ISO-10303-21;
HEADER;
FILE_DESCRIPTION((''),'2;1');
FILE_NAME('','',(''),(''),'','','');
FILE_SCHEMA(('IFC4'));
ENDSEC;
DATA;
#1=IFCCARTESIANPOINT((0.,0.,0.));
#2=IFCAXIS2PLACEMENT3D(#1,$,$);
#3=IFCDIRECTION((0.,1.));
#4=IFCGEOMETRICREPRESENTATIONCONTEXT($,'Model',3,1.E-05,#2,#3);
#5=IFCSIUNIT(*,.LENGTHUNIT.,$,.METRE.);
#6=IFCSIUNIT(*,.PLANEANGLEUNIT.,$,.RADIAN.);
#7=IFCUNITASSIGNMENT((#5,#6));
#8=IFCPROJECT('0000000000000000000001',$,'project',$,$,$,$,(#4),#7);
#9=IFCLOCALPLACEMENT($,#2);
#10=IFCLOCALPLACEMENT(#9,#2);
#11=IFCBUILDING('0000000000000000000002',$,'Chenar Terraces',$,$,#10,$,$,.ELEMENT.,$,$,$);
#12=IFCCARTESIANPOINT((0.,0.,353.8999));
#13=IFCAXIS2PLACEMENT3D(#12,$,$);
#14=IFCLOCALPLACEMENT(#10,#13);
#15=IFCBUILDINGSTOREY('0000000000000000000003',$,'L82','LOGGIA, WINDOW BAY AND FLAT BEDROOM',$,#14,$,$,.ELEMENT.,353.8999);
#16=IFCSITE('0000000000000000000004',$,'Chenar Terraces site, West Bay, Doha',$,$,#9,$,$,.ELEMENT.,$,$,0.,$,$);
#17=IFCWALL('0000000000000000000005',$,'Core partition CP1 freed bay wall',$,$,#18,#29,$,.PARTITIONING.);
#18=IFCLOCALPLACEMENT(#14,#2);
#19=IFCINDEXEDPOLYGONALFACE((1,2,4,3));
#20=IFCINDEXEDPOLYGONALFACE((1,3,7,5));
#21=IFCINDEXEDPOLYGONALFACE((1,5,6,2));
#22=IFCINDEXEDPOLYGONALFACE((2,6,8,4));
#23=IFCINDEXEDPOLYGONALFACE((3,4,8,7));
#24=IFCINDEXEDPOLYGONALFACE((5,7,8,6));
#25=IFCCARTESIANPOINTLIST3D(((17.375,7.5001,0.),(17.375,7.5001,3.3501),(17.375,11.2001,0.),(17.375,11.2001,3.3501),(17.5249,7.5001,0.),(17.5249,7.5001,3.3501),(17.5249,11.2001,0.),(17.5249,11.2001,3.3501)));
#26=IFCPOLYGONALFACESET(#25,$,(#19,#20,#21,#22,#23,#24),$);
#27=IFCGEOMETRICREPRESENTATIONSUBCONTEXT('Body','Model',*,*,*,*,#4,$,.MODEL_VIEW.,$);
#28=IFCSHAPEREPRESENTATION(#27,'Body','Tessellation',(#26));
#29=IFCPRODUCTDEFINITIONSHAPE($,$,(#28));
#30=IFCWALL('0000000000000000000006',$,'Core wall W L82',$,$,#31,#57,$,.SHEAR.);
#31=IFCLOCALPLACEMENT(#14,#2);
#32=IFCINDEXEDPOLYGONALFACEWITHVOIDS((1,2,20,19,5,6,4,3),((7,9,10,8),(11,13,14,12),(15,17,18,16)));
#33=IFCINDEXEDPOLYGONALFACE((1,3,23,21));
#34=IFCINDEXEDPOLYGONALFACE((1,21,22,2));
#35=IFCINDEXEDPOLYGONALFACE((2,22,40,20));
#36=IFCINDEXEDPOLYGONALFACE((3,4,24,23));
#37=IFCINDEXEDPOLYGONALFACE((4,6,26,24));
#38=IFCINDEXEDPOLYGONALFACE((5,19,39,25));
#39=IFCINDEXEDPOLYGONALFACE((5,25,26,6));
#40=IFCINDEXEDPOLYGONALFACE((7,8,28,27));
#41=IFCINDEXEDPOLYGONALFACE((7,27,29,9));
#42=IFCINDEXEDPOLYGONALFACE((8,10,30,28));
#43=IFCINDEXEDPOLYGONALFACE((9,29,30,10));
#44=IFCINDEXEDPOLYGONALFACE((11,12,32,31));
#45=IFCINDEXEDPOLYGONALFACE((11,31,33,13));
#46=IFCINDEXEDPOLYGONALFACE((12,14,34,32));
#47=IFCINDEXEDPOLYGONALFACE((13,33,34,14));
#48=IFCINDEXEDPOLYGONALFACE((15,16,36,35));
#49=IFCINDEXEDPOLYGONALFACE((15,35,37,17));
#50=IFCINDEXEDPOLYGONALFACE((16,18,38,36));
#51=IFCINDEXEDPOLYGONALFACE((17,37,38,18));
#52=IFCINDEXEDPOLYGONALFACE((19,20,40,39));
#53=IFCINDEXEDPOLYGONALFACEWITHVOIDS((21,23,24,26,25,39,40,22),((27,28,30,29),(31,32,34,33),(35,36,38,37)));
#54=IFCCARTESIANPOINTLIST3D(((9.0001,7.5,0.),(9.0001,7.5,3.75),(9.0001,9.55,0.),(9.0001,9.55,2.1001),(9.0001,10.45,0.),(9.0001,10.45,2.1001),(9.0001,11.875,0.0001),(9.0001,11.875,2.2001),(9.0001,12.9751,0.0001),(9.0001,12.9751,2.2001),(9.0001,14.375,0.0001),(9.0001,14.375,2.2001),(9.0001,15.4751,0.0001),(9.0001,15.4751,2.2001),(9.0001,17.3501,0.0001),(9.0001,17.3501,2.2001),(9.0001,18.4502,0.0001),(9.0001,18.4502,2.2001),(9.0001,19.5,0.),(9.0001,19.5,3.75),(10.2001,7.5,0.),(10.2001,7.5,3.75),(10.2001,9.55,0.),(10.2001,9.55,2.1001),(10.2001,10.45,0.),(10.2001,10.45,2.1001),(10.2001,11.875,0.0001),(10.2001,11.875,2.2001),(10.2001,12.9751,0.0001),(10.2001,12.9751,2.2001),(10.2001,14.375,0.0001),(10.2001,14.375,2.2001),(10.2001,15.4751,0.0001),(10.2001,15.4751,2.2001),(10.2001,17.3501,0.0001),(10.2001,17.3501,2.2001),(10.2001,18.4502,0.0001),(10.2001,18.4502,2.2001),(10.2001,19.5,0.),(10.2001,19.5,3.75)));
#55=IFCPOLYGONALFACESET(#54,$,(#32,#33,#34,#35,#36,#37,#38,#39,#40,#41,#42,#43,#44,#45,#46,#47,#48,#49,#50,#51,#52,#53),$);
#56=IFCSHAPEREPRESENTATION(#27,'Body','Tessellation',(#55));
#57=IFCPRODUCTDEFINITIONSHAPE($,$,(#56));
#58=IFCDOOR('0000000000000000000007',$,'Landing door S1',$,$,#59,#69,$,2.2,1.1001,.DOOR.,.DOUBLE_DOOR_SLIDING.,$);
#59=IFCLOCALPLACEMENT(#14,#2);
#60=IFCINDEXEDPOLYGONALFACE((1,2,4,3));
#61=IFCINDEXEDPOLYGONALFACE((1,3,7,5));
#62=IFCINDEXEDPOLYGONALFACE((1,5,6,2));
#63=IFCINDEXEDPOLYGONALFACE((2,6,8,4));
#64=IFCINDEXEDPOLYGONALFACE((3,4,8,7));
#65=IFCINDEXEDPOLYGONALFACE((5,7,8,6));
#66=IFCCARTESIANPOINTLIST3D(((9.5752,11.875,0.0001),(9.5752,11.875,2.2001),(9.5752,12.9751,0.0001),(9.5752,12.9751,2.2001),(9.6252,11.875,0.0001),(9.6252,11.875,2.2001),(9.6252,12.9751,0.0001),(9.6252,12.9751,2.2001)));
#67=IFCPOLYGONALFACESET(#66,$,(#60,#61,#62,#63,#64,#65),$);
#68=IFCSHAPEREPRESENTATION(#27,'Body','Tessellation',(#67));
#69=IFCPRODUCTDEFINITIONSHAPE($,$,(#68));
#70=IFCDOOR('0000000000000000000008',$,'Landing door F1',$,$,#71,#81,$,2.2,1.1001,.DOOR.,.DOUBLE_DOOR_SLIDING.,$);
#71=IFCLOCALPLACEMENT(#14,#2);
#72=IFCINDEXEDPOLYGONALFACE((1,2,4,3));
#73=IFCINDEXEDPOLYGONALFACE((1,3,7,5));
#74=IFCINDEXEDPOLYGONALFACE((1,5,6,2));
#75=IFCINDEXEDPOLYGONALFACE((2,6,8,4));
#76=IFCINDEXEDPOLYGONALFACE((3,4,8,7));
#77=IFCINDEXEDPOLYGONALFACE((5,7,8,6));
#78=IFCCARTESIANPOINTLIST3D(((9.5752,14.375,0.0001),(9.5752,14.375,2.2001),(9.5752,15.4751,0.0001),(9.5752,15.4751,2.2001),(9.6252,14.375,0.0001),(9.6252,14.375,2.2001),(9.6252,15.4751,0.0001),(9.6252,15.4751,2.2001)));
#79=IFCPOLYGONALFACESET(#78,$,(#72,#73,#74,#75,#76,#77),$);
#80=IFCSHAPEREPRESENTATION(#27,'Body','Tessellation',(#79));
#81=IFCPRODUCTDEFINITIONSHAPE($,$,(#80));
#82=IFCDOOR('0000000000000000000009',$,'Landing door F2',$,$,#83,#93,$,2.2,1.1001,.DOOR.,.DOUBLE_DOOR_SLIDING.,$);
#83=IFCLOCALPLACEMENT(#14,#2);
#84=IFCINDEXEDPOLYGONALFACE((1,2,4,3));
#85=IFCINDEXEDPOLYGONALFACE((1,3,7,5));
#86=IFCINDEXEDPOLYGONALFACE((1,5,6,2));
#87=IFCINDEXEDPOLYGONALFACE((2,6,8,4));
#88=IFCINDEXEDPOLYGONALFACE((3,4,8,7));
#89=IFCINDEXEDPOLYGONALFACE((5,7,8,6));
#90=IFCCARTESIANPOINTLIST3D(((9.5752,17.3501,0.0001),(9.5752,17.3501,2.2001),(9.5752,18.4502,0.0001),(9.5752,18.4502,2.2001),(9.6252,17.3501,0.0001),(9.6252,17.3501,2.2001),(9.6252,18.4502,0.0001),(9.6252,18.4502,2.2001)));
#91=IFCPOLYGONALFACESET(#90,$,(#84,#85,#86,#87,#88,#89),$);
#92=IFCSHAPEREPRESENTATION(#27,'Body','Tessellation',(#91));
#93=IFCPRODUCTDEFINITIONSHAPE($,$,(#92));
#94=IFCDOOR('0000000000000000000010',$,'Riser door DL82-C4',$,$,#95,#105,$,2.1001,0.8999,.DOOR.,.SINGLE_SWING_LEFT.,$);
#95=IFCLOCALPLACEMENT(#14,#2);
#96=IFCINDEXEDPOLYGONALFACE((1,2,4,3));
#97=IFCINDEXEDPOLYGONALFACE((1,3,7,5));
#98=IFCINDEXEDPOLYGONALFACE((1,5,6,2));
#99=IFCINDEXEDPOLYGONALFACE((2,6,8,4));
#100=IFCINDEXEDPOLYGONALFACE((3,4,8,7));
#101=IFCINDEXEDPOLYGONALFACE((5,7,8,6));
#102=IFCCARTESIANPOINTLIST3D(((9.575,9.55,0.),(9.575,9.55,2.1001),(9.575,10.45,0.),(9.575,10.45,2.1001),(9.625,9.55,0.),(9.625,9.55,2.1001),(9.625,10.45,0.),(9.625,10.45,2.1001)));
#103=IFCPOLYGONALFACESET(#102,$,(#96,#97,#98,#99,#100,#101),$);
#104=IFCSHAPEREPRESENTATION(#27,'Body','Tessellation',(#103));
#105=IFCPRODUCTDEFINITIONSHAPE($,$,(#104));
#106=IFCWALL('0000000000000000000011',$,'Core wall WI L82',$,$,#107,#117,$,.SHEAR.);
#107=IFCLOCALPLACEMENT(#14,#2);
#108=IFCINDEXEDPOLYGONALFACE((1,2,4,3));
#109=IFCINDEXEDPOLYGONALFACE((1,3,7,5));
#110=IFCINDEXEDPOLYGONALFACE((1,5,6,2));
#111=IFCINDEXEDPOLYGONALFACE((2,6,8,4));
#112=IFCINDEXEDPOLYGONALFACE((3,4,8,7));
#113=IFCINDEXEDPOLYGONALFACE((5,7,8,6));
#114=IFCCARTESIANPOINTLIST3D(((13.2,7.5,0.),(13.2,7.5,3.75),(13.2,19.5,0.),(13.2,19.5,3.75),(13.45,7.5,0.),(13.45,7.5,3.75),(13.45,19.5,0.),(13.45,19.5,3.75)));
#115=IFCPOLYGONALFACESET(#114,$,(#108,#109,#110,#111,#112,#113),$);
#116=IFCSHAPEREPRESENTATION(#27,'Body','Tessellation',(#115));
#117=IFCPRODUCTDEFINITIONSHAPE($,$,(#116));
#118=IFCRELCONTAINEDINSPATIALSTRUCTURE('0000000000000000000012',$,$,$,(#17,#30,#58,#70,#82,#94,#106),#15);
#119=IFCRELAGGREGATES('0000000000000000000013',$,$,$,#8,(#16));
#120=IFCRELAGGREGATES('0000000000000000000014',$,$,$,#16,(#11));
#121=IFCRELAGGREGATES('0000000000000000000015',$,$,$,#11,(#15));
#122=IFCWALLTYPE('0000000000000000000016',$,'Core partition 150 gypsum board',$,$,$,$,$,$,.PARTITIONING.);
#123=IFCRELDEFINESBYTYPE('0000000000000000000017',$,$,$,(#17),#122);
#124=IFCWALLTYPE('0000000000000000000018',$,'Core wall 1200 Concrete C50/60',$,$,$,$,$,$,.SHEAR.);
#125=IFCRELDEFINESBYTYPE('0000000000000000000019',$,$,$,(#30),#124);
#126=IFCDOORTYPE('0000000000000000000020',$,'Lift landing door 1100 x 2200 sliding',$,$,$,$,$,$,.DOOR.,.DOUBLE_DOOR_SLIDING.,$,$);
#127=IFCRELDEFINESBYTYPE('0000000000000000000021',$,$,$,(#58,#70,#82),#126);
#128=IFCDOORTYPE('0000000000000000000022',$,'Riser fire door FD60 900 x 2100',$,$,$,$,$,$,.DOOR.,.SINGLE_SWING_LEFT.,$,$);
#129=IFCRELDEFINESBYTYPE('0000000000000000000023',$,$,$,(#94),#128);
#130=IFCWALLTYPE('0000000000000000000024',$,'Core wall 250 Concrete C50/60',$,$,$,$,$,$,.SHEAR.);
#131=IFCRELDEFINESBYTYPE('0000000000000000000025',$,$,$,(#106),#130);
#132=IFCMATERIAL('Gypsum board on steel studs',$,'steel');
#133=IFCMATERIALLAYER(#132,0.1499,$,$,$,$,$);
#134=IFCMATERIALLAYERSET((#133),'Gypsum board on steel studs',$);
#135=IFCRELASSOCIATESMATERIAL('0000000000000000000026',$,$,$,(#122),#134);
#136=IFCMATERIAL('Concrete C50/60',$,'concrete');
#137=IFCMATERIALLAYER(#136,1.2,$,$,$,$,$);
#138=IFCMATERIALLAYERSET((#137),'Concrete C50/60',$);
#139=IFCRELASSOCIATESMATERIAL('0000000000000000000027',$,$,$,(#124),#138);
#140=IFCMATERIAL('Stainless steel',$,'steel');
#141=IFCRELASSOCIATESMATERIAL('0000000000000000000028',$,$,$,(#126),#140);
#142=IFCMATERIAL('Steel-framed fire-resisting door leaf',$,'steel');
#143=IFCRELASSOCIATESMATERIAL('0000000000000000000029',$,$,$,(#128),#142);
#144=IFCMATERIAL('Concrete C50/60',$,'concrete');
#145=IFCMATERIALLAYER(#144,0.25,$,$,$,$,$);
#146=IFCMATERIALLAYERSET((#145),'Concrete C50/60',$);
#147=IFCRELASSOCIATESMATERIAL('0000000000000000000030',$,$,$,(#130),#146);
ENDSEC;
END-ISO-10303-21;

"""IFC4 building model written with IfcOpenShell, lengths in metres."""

from ifc_helpers import new_model, si_unit, direction, frame, frame_2d, origin, place, context, subcontext, project, spatial, rectangle, extrude, material, layer, layer_set, type_object, element, fill, save


model = new_model("IFC4")

# Units and contexts
model_context = context("Model", 3, precision=1e-05, world=origin(), true_north=direction((0.0, 1.0)))
body_context = subcontext(model_context, "Body", "Model", "MODEL_VIEW")
ifc_project = project(units=[si_unit("LENGTHUNIT", "METRE"), si_unit("PLANEANGLEUNIT", "RADIAN")], contexts=[model_context])

# Site, building, storey
site_placement = place(None, origin())
site = spatial("IfcSite", under=ifc_project, at=site_placement, Name="Chenar Terraces site, West Bay, Doha", CompositionType="ELEMENT", RefElevation=0.0)
building_placement = place(site_placement, origin())
building = spatial("IfcBuilding", under=site, at=building_placement, Name="Chenar Terraces", CompositionType="ELEMENT")
storey_placement = place(building_placement, frame((0.0, 0.0, 353.8999)))
storey = spatial("IfcBuildingStorey", under=building, at=storey_placement, Name="L82", Description="LOGGIA, WINDOW BAY AND FLAT BEDROOM", CompositionType="ELEMENT", Elevation=353.8999)

# Wall
ifc_material_1 = material(Name="Gypsum board on steel studs", Category="steel")
ifc_layer_1 = layer(ifc_material_1, 0.1499)
ifc_layer_set_1 = layer_set([ifc_layer_1], Name="Gypsum board on steel studs")
wall_type_1 = type_object("IfcWallType", Name="Core partition 150 gypsum board", PredefinedType="PARTITIONING", material=ifc_layer_set_1)
wall_1_placement = place(storey_placement, frame((17.45, 7.5, 0.0), z_axis=(0.0, 0.0, 1.0), x_axis=(0.0, 1.0, 0.0)))
element("IfcWall", 1, at=wall_1_placement, inside=storey, type_object=wall_type_1, Name="Core partition CP1 freed bay wall", PredefinedType="PARTITIONING", context=body_context, shape_type="SweptSolid", body=[
    extrude(rectangle(XDim=3.7, YDim=0.1499, at=frame_2d((1.8501, 0.0))), origin(), (0.0, 0.0, 1.0), 3.3501),
])

# Wall, openings, doors
ifc_material_2 = material(Name="Concrete C50/60", Category="concrete")
ifc_layer_2 = layer(ifc_material_2, 1.2)
ifc_layer_set_2 = layer_set([ifc_layer_2], Name="Concrete C50/60")
wall_type_2 = type_object("IfcWallType", Name="Core wall 1200 Concrete C50/60", PredefinedType="SHEAR", material=ifc_layer_set_2)
wall_2_placement = place(storey_placement, frame((9.6001, 7.5, 0.0), z_axis=(0.0, 0.0, 1.0), x_axis=(0.0, 1.0, 0.0)))
wall_2 = element("IfcWall", 2, at=wall_2_placement, inside=storey, type_object=wall_type_2, Name="Core wall W L82", PredefinedType="SHEAR", context=body_context, shape_type="SweptSolid", body=[
    extrude(rectangle(XDim=12.0, YDim=1.2, at=frame_2d((6.0, 0.0))), origin(), (0.0, 0.0, 1.0), 3.75),
])
opening_1_placement = place(wall_2_placement, frame((4.375, 0.0, 0.0)))
opening_1 = element("IfcOpeningElement", 3, at=opening_1_placement, cuts=wall_2, PredefinedType="OPENING", context=body_context, shape_type="SweptSolid", body=[
    extrude(rectangle(XDim=1.1001, YDim=2.2, at=frame_2d((0.55, 1.1001))), frame((0.0, 0.6099, 0.0), z_axis=(0.0, -1.0, 0.0), x_axis=(1.0, 0.0, 0.0)), (0.0, 0.0, 1.0), 1.22),
])
opening_2_placement = place(wall_2_placement, frame((6.875, 0.0, 0.0)))
opening_2 = element("IfcOpeningElement", 4, at=opening_2_placement, cuts=wall_2, PredefinedType="OPENING", context=body_context, shape_type="SweptSolid", body=[
    extrude(rectangle(XDim=1.1001, YDim=2.2, at=frame_2d((0.55, 1.1001))), frame((0.0, 0.6099, 0.0), z_axis=(0.0, -1.0, 0.0), x_axis=(1.0, 0.0, 0.0)), (0.0, 0.0, 1.0), 1.22),
])
opening_3_placement = place(wall_2_placement, frame((9.8501, 0.0, 0.0)))
opening_3 = element("IfcOpeningElement", 5, at=opening_3_placement, cuts=wall_2, PredefinedType="OPENING", context=body_context, shape_type="SweptSolid", body=[
    extrude(rectangle(XDim=1.1001, YDim=2.2, at=frame_2d((0.55, 1.1001))), frame((0.0, 0.6099, 0.0), z_axis=(0.0, -1.0, 0.0), x_axis=(1.0, 0.0, 0.0)), (0.0, 0.0, 1.0), 1.22),
])
opening_4_placement = place(wall_2_placement, frame((2.05, 0.0, 0.0)))
opening_4 = element("IfcOpeningElement", 6, at=opening_4_placement, cuts=wall_2, PredefinedType="OPENING", context=body_context, shape_type="SweptSolid", body=[
    extrude(rectangle(XDim=0.8999, YDim=2.1001, at=frame_2d((0.45, 1.05))), frame((0.0, 0.6099, 0.0), z_axis=(0.0, -1.0, 0.0), x_axis=(1.0, 0.0, 0.0)), (0.0, 0.0, 1.0), 1.22),
])
ifc_material_3 = material(Name="Stainless steel", Category="steel")
door_type_1 = type_object("IfcDoorType", Name="Lift landing door 1100 x 2200 sliding", OperationType="DOUBLE_DOOR_SLIDING", PredefinedType="DOOR", material=ifc_material_3)
door_1_placement = place(opening_1_placement, origin())
door_1 = element("IfcDoor", 7, at=door_1_placement, inside=storey, type_object=door_type_1, Name="Landing door S1", OperationType="DOUBLE_DOOR_SLIDING", OverallHeight=2.2, OverallWidth=1.1001, PredefinedType="DOOR", context=body_context, shape_type="SweptSolid", body=[
    extrude(rectangle(XDim=1.1001, YDim=2.2, at=frame_2d((0.55, 1.1001))), frame((0.0, 0.0249, 0.0), z_axis=(0.0, -1.0, 0.0), x_axis=(1.0, 0.0, 0.0)), (0.0, 0.0, 1.0), 0.05),
])
fill(opening_1, door_1)
door_2_placement = place(opening_2_placement, origin())
door_2 = element("IfcDoor", 8, at=door_2_placement, inside=storey, type_object=door_type_1, Name="Landing door F1", OperationType="DOUBLE_DOOR_SLIDING", OverallHeight=2.2, OverallWidth=1.1001, PredefinedType="DOOR", context=body_context, shape_type="SweptSolid", body=[
    extrude(rectangle(XDim=1.1001, YDim=2.2, at=frame_2d((0.55, 1.1001))), frame((0.0, 0.0249, 0.0), z_axis=(0.0, -1.0, 0.0), x_axis=(1.0, 0.0, 0.0)), (0.0, 0.0, 1.0), 0.05),
])
fill(opening_2, door_2)
door_3_placement = place(opening_3_placement, origin())
door_3 = element("IfcDoor", 9, at=door_3_placement, inside=storey, type_object=door_type_1, Name="Landing door F2", OperationType="DOUBLE_DOOR_SLIDING", OverallHeight=2.2, OverallWidth=1.1001, PredefinedType="DOOR", context=body_context, shape_type="SweptSolid", body=[
    extrude(rectangle(XDim=1.1001, YDim=2.2, at=frame_2d((0.55, 1.1001))), frame((0.0, 0.0249, 0.0), z_axis=(0.0, -1.0, 0.0), x_axis=(1.0, 0.0, 0.0)), (0.0, 0.0, 1.0), 0.05),
])
fill(opening_3, door_3)
ifc_material_4 = material(Name="Steel-framed fire-resisting door leaf", Category="steel")
door_type_2 = type_object("IfcDoorType", Name="Riser fire door FD60 900 x 2100", OperationType="SINGLE_SWING_LEFT", PredefinedType="DOOR", material=ifc_material_4)
door_4_placement = place(opening_4_placement, frame((0.8999, 0.0, 0.0), z_axis=(0.0, 0.0, 1.0), x_axis=(-1.0, 0.0, 0.0)))
door_4 = element("IfcDoor", 10, at=door_4_placement, inside=storey, type_object=door_type_2, Name="Riser door DL82-C4", OperationType="SINGLE_SWING_LEFT", OverallHeight=2.1001, OverallWidth=0.8999, PredefinedType="DOOR", context=body_context, shape_type="SweptSolid", body=[
    extrude(rectangle(XDim=0.8999, YDim=2.1001, at=frame_2d((0.45, 1.05))), frame((0.0, 0.0249, 0.0), z_axis=(0.0, -1.0, 0.0), x_axis=(1.0, 0.0, 0.0)), (0.0, 0.0, 1.0), 0.05),
])
fill(opening_4, door_4)

# Wall
ifc_material_5 = material(Name="Concrete C50/60", Category="concrete")
ifc_layer_3 = layer(ifc_material_5, 0.25)
ifc_layer_set_3 = layer_set([ifc_layer_3], Name="Concrete C50/60")
wall_type_3 = type_object("IfcWallType", Name="Core wall 250 Concrete C50/60", PredefinedType="SHEAR", material=ifc_layer_set_3)
wall_3_placement = place(storey_placement, frame((13.325, 7.5, 0.0), z_axis=(0.0, 0.0, 1.0), x_axis=(0.0, 1.0, 0.0)))
element("IfcWall", 11, at=wall_3_placement, inside=storey, type_object=wall_type_3, Name="Core wall WI L82", PredefinedType="SHEAR", context=body_context, shape_type="SweptSolid", body=[
    extrude(rectangle(XDim=12.0, YDim=0.25, at=frame_2d((6.0, 0.0))), origin(), (0.0, 0.0, 1.0), 3.75),
])

save(model, "model.ifc")
